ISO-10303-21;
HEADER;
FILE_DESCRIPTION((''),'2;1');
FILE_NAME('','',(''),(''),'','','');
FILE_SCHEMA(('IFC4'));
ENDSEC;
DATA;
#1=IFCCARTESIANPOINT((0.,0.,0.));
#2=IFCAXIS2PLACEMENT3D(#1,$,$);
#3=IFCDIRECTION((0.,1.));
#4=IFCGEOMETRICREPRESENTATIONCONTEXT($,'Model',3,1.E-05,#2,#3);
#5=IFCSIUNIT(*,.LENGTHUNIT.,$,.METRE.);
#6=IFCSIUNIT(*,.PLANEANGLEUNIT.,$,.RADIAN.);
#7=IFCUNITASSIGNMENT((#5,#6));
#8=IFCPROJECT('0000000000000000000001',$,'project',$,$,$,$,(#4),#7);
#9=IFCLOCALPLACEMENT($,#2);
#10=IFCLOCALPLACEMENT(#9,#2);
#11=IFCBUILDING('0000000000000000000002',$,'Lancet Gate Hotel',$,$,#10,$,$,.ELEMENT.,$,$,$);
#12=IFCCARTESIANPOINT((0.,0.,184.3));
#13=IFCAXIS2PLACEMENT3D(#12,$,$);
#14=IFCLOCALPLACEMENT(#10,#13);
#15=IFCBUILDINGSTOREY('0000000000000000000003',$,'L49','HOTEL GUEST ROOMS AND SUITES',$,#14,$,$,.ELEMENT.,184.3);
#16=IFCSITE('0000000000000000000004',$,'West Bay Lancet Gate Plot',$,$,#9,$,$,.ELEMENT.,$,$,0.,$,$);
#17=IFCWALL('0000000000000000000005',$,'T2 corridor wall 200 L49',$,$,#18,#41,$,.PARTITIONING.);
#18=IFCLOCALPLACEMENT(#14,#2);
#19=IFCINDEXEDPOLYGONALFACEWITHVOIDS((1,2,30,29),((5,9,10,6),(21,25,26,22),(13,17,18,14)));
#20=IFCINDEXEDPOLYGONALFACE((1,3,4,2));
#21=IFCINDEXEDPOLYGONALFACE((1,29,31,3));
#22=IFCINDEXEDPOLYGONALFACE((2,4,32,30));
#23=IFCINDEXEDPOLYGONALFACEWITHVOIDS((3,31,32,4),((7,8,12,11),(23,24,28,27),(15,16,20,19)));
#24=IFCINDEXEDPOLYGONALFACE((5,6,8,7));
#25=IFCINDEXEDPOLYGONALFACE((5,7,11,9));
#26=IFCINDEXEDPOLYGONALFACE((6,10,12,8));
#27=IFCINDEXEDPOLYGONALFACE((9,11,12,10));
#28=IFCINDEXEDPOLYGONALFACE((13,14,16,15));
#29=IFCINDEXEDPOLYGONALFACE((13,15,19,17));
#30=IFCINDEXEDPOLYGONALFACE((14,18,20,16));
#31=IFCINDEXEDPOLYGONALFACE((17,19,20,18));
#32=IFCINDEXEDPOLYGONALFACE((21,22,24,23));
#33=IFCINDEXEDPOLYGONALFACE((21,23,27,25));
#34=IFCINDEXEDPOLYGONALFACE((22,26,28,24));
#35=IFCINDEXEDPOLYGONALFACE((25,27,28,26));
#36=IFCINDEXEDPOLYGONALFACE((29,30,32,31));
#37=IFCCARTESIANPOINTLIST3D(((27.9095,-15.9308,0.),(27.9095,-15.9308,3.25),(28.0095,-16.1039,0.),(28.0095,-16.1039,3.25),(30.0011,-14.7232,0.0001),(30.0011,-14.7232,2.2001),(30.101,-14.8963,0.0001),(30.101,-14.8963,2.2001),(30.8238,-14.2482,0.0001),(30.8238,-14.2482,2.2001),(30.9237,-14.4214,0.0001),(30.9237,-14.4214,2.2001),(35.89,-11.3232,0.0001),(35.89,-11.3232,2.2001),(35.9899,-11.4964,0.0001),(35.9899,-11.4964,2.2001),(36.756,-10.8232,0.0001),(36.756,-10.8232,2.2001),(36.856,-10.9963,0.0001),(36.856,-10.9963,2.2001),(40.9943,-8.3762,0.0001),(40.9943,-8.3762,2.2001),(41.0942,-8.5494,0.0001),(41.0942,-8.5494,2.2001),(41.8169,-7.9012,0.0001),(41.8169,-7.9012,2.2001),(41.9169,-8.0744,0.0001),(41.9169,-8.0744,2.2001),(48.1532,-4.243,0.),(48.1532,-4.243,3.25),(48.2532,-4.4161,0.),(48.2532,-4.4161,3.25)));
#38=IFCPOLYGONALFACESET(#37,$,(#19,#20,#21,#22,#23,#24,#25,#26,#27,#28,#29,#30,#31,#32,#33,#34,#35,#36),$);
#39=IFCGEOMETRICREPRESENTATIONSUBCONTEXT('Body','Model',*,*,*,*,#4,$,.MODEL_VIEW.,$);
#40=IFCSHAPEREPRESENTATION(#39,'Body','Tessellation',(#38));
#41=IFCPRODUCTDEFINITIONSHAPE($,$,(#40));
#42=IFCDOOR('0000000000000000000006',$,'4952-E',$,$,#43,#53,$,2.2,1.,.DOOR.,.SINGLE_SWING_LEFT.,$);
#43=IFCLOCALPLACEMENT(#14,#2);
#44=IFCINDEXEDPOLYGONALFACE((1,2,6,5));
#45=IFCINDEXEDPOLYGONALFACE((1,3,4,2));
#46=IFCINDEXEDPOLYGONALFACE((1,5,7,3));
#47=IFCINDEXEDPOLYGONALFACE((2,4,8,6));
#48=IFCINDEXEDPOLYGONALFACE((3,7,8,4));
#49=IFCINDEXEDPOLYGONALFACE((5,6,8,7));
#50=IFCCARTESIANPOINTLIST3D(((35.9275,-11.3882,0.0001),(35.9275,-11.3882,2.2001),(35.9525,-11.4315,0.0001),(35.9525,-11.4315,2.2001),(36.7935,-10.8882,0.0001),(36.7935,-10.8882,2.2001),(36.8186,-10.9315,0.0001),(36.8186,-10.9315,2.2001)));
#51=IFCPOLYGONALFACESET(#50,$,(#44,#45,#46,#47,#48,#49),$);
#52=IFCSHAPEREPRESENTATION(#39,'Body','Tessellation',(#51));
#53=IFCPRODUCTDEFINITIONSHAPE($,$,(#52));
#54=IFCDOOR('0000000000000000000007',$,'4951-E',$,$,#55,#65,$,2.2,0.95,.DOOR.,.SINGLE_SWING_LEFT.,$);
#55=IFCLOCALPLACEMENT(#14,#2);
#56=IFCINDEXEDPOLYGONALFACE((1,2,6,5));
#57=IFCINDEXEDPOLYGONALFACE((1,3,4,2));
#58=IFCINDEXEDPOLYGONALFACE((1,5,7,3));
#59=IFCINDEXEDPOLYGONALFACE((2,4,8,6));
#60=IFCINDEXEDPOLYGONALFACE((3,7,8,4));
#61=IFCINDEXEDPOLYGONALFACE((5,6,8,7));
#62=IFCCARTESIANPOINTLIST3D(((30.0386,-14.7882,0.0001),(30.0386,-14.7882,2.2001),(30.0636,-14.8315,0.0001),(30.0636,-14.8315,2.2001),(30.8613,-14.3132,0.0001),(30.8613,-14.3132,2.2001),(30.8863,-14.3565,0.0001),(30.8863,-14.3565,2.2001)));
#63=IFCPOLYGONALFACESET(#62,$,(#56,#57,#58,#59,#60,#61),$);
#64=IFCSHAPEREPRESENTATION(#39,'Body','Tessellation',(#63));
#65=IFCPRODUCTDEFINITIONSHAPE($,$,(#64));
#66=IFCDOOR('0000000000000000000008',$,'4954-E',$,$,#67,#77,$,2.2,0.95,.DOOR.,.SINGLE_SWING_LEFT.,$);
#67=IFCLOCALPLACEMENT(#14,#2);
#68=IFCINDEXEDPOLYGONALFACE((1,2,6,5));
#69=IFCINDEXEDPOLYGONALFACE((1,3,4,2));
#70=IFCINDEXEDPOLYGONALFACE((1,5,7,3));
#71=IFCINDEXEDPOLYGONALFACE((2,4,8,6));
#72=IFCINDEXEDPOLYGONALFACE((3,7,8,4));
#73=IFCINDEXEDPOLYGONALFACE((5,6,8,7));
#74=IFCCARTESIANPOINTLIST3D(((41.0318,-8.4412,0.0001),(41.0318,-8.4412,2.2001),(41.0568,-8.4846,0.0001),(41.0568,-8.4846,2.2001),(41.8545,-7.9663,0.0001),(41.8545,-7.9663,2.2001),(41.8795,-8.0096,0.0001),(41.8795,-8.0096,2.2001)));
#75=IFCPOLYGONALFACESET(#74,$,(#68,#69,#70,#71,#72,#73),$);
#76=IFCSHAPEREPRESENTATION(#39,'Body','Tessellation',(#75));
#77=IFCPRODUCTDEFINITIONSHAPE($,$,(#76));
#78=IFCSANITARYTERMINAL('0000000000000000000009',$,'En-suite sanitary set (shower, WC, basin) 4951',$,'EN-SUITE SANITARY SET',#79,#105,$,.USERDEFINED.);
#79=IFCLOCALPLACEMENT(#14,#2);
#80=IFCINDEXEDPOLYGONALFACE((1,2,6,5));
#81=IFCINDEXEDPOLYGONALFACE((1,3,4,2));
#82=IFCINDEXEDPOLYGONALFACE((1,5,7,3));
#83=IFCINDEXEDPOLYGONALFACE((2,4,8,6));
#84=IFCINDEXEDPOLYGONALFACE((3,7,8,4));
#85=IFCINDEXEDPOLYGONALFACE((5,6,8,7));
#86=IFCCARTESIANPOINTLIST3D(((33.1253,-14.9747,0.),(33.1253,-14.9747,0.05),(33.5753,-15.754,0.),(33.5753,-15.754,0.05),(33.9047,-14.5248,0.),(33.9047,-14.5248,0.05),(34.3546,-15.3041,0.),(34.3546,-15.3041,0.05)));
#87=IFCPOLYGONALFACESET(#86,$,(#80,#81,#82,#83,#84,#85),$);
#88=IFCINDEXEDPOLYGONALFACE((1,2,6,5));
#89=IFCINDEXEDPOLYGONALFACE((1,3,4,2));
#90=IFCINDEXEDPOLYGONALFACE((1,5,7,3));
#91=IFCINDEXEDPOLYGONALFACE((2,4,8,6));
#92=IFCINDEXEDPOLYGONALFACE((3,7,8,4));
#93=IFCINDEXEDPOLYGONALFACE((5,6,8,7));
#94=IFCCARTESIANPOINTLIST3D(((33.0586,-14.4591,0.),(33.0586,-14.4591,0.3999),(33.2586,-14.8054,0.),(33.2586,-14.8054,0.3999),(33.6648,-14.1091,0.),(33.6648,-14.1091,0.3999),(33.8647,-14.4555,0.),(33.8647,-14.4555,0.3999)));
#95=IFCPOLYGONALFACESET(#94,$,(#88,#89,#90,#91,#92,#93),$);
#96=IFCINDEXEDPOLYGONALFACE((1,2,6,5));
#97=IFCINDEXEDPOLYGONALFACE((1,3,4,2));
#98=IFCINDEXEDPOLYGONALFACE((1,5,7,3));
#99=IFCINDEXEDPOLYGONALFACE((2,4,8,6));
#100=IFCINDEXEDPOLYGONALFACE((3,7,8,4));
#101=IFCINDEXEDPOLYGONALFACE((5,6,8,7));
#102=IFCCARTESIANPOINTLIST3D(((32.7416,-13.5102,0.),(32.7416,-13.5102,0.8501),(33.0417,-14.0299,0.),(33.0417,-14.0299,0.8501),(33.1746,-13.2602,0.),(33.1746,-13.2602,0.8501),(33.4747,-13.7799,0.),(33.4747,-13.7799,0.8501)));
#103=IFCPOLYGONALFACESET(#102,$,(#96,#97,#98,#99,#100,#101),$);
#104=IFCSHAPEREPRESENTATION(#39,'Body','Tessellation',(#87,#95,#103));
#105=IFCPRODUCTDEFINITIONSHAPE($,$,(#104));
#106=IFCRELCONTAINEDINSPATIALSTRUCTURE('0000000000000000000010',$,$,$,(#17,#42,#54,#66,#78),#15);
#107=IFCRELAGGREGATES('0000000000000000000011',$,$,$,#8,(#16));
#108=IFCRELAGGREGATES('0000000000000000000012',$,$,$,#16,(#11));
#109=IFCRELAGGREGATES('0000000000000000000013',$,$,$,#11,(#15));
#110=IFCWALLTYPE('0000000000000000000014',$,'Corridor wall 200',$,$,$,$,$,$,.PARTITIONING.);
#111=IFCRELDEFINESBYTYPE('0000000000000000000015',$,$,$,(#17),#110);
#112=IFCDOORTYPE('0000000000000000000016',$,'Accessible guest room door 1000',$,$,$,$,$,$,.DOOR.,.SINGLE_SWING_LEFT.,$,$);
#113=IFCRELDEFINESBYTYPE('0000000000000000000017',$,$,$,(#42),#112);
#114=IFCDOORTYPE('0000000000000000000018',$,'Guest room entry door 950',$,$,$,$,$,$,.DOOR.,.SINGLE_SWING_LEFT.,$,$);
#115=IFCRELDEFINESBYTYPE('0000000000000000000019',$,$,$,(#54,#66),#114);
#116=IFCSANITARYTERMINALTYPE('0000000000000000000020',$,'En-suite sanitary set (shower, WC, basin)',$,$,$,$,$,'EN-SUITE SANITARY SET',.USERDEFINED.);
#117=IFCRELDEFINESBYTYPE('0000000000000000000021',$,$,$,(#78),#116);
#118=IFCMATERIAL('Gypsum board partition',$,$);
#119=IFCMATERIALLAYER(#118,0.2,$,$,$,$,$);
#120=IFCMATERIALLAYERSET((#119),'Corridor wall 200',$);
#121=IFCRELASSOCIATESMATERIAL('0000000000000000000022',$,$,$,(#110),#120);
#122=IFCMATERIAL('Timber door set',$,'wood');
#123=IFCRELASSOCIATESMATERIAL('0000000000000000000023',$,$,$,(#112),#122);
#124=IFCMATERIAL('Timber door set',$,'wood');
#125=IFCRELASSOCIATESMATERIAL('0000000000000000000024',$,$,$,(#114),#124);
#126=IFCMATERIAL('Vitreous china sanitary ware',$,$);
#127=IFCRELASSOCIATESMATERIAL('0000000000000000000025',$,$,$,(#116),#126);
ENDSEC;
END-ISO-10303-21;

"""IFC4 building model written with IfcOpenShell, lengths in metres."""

from ifc_helpers import new_model, si_unit, direction, frame, frame_2d, origin, origin_2d, place, context, subcontext, project, spatial, rectangle, extrude, material, layer, layer_set, type_object, element, fill, save


model = new_model("IFC4")

# Units and contexts
model_context = context("Model", 3, precision=1e-05, world=origin(), true_north=direction((0.0, 1.0)))
body_context = subcontext(model_context, "Body", "Model", "MODEL_VIEW")
ifc_project = project(units=[si_unit("LENGTHUNIT", "METRE"), si_unit("PLANEANGLEUNIT", "RADIAN")], contexts=[model_context])

# Site, building, storey
site_placement = place(None, origin())
site = spatial("IfcSite", under=ifc_project, at=site_placement, Name="West Bay Lancet Gate Plot", CompositionType="ELEMENT", RefElevation=0.0)
building_placement = place(site_placement, origin())
building = spatial("IfcBuilding", under=site, at=building_placement, Name="Lancet Gate Hotel", CompositionType="ELEMENT")
storey_placement = place(building_placement, frame((0.0, 0.0, 184.3)))
storey = spatial("IfcBuildingStorey", under=building, at=storey_placement, Name="L49", Description="HOTEL GUEST ROOMS AND SUITES", CompositionType="ELEMENT", Elevation=184.3)

# Wall, openings, doors
ifc_material_1 = material(Name="Gypsum board partition")
ifc_layer_1 = layer(ifc_material_1, 0.2)
ifc_layer_set_1 = layer_set([ifc_layer_1], Name="Corridor wall 200")
wall_type_1 = type_object("IfcWallType", Name="Corridor wall 200", PredefinedType="PARTITIONING", material=ifc_layer_set_1)
wall_1_placement = place(storey_placement, frame((27.9595, -16.0173, 0.0), z_axis=(0.0, 0.0, 1.0), x_axis=(0.866024, 0.500002, 0.0)))
wall_1 = element("IfcWall", 1, at=wall_1_placement, inside=storey, type_object=wall_type_1, Name="T2 corridor wall 200 L49", PredefinedType="PARTITIONING", context=body_context, shape_type="SweptSolid", body=[
    extrude(rectangle(XDim=23.3755, YDim=0.2, at=frame_2d((11.6877, 0.0))), origin(), (0.0, 0.0, 1.0), 3.25),
])
opening_1_placement = place(wall_1_placement, frame((2.415, 0.0, 0.0)))
opening_1 = element("IfcOpeningElement", 2, at=opening_1_placement, cuts=wall_1, PredefinedType="OPENING", context=body_context, shape_type="SweptSolid", body=[
    extrude(rectangle(XDim=0.95, YDim=2.2, at=frame_2d((0.4751, 1.1001))), frame((0.0, 0.1099, 0.0), z_axis=(0.0, -1.0, 0.0), x_axis=(1.0, 0.0, 0.0)), (0.0, 0.0, 1.0), 0.22),
])
opening_2_placement = place(wall_1_placement, frame((9.2151, 0.0, 0.0)))
opening_2 = element("IfcOpeningElement", 3, at=opening_2_placement, cuts=wall_1, PredefinedType="OPENING", context=body_context, shape_type="SweptSolid", body=[
    extrude(rectangle(XDim=1.0, YDim=2.2, at=frame_2d((0.5, 1.1001))), frame((0.0, 0.1099, 0.0), z_axis=(0.0, -1.0, 0.0), x_axis=(1.0, 0.0, 0.0)), (0.0, 0.0, 1.0), 0.22),
])
opening_3_placement = place(wall_1_placement, frame((15.1089, 0.0, 0.0)))
opening_3 = element("IfcOpeningElement", 4, at=opening_3_placement, cuts=wall_1, PredefinedType="OPENING", context=body_context, shape_type="SweptSolid", body=[
    extrude(rectangle(XDim=0.95, YDim=2.2, at=frame_2d((0.4751, 1.1001))), frame((0.0, 0.1099, 0.0), z_axis=(0.0, -1.0, 0.0), x_axis=(1.0, 0.0, 0.0)), (0.0, 0.0, 1.0), 0.22),
])
ifc_material_2 = material(Name="Timber door set", Category="wood")
door_type_1 = type_object("IfcDoorType", Name="Accessible guest room door 1000", OperationType="SINGLE_SWING_LEFT", PredefinedType="DOOR", material=ifc_material_2)
door_1_placement = place(opening_2_placement, origin())
door_1 = element("IfcDoor", 5, at=door_1_placement, inside=storey, type_object=door_type_1, Name="4952-E", OperationType="SINGLE_SWING_LEFT", OverallHeight=2.2, OverallWidth=1.0, PredefinedType="DOOR", context=body_context, shape_type="SweptSolid", body=[
    extrude(rectangle(XDim=1.0, YDim=2.2, at=frame_2d((0.5, 1.1001))), frame((0.0, 0.0249, 0.0), z_axis=(0.0, -1.0, 0.0), x_axis=(1.0, 0.0, 0.0)), (0.0, 0.0, 1.0), 0.05),
])
fill(opening_2, door_1)
ifc_material_3 = material(Name="Timber door set", Category="wood")
door_type_2 = type_object("IfcDoorType", Name="Guest room entry door 950", OperationType="SINGLE_SWING_LEFT", PredefinedType="DOOR", material=ifc_material_3)
door_2_placement = place(opening_1_placement, origin())
door_2 = element("IfcDoor", 6, at=door_2_placement, inside=storey, type_object=door_type_2, Name="4951-E", OperationType="SINGLE_SWING_LEFT", OverallHeight=2.2, OverallWidth=0.95, PredefinedType="DOOR", context=body_context, shape_type="SweptSolid", body=[
    extrude(rectangle(XDim=0.95, YDim=2.2, at=frame_2d((0.4751, 1.1001))), frame((0.0, 0.0249, 0.0), z_axis=(0.0, -1.0, 0.0), x_axis=(1.0, 0.0, 0.0)), (0.0, 0.0, 1.0), 0.05),
])
fill(opening_1, door_2)
door_3_placement = place(opening_3_placement, origin())
door_3 = element("IfcDoor", 7, at=door_3_placement, inside=storey, type_object=door_type_2, Name="4954-E", OperationType="SINGLE_SWING_LEFT", OverallHeight=2.2, OverallWidth=0.95, PredefinedType="DOOR", context=body_context, shape_type="SweptSolid", body=[
    extrude(rectangle(XDim=0.95, YDim=2.2, at=frame_2d((0.4751, 1.1001))), frame((0.0, 0.0249, 0.0), z_axis=(0.0, -1.0, 0.0), x_axis=(1.0, 0.0, 0.0)), (0.0, 0.0, 1.0), 0.05),
])
fill(opening_3, door_3)

# Sanitary terminal
ifc_material_4 = material(Name="Vitreous china sanitary ware")
sanitary_terminal_type = type_object("IfcSanitaryTerminalType", Name="En-suite sanitary set (shower, WC, basin)", ElementType="EN-SUITE SANITARY SET", PredefinedType="USERDEFINED", material=ifc_material_4)
sanitary_terminal_placement = place(storey_placement, frame((33.74, -15.1394, 0.0), z_axis=(0.0, 0.0, 1.0), x_axis=(1.0, 0.0, 0.0)))
element("IfcSanitaryTerminal", 8, at=sanitary_terminal_placement, inside=storey, type_object=sanitary_terminal_type, Name="En-suite sanitary set (shower, WC, basin) 4951", ObjectType="EN-SUITE SANITARY SET", PredefinedType="USERDEFINED", context=body_context, shape_type="SweptSolid", body=[
    extrude(rectangle(XDim=0.8999, YDim=0.8999, at=origin_2d()), frame((0.0, 0.0, 0.0), z_axis=(0.0, 0.0, 1.0), x_axis=(0.5, -0.866025, 0.0)), (0.0, 0.0, 1.0), 0.05),
    extrude(rectangle(XDim=0.3999, YDim=0.7, at=origin_2d()), frame((-0.2783, 0.6821, 0.0), z_axis=(0.0, 0.0, 1.0), x_axis=(0.5, -0.866025, 0.0)), (0.0, 0.0, 1.0), 0.3999),
    extrude(rectangle(XDim=0.6001, YDim=0.5, at=origin_2d()), frame((-0.6318, 1.4944, 0.0), z_axis=(0.0, 0.0, 1.0), x_axis=(0.5, -0.866025, 0.0)), (0.0, 0.0, 1.0), 0.8501),
])

save(model, "model.ifc")
